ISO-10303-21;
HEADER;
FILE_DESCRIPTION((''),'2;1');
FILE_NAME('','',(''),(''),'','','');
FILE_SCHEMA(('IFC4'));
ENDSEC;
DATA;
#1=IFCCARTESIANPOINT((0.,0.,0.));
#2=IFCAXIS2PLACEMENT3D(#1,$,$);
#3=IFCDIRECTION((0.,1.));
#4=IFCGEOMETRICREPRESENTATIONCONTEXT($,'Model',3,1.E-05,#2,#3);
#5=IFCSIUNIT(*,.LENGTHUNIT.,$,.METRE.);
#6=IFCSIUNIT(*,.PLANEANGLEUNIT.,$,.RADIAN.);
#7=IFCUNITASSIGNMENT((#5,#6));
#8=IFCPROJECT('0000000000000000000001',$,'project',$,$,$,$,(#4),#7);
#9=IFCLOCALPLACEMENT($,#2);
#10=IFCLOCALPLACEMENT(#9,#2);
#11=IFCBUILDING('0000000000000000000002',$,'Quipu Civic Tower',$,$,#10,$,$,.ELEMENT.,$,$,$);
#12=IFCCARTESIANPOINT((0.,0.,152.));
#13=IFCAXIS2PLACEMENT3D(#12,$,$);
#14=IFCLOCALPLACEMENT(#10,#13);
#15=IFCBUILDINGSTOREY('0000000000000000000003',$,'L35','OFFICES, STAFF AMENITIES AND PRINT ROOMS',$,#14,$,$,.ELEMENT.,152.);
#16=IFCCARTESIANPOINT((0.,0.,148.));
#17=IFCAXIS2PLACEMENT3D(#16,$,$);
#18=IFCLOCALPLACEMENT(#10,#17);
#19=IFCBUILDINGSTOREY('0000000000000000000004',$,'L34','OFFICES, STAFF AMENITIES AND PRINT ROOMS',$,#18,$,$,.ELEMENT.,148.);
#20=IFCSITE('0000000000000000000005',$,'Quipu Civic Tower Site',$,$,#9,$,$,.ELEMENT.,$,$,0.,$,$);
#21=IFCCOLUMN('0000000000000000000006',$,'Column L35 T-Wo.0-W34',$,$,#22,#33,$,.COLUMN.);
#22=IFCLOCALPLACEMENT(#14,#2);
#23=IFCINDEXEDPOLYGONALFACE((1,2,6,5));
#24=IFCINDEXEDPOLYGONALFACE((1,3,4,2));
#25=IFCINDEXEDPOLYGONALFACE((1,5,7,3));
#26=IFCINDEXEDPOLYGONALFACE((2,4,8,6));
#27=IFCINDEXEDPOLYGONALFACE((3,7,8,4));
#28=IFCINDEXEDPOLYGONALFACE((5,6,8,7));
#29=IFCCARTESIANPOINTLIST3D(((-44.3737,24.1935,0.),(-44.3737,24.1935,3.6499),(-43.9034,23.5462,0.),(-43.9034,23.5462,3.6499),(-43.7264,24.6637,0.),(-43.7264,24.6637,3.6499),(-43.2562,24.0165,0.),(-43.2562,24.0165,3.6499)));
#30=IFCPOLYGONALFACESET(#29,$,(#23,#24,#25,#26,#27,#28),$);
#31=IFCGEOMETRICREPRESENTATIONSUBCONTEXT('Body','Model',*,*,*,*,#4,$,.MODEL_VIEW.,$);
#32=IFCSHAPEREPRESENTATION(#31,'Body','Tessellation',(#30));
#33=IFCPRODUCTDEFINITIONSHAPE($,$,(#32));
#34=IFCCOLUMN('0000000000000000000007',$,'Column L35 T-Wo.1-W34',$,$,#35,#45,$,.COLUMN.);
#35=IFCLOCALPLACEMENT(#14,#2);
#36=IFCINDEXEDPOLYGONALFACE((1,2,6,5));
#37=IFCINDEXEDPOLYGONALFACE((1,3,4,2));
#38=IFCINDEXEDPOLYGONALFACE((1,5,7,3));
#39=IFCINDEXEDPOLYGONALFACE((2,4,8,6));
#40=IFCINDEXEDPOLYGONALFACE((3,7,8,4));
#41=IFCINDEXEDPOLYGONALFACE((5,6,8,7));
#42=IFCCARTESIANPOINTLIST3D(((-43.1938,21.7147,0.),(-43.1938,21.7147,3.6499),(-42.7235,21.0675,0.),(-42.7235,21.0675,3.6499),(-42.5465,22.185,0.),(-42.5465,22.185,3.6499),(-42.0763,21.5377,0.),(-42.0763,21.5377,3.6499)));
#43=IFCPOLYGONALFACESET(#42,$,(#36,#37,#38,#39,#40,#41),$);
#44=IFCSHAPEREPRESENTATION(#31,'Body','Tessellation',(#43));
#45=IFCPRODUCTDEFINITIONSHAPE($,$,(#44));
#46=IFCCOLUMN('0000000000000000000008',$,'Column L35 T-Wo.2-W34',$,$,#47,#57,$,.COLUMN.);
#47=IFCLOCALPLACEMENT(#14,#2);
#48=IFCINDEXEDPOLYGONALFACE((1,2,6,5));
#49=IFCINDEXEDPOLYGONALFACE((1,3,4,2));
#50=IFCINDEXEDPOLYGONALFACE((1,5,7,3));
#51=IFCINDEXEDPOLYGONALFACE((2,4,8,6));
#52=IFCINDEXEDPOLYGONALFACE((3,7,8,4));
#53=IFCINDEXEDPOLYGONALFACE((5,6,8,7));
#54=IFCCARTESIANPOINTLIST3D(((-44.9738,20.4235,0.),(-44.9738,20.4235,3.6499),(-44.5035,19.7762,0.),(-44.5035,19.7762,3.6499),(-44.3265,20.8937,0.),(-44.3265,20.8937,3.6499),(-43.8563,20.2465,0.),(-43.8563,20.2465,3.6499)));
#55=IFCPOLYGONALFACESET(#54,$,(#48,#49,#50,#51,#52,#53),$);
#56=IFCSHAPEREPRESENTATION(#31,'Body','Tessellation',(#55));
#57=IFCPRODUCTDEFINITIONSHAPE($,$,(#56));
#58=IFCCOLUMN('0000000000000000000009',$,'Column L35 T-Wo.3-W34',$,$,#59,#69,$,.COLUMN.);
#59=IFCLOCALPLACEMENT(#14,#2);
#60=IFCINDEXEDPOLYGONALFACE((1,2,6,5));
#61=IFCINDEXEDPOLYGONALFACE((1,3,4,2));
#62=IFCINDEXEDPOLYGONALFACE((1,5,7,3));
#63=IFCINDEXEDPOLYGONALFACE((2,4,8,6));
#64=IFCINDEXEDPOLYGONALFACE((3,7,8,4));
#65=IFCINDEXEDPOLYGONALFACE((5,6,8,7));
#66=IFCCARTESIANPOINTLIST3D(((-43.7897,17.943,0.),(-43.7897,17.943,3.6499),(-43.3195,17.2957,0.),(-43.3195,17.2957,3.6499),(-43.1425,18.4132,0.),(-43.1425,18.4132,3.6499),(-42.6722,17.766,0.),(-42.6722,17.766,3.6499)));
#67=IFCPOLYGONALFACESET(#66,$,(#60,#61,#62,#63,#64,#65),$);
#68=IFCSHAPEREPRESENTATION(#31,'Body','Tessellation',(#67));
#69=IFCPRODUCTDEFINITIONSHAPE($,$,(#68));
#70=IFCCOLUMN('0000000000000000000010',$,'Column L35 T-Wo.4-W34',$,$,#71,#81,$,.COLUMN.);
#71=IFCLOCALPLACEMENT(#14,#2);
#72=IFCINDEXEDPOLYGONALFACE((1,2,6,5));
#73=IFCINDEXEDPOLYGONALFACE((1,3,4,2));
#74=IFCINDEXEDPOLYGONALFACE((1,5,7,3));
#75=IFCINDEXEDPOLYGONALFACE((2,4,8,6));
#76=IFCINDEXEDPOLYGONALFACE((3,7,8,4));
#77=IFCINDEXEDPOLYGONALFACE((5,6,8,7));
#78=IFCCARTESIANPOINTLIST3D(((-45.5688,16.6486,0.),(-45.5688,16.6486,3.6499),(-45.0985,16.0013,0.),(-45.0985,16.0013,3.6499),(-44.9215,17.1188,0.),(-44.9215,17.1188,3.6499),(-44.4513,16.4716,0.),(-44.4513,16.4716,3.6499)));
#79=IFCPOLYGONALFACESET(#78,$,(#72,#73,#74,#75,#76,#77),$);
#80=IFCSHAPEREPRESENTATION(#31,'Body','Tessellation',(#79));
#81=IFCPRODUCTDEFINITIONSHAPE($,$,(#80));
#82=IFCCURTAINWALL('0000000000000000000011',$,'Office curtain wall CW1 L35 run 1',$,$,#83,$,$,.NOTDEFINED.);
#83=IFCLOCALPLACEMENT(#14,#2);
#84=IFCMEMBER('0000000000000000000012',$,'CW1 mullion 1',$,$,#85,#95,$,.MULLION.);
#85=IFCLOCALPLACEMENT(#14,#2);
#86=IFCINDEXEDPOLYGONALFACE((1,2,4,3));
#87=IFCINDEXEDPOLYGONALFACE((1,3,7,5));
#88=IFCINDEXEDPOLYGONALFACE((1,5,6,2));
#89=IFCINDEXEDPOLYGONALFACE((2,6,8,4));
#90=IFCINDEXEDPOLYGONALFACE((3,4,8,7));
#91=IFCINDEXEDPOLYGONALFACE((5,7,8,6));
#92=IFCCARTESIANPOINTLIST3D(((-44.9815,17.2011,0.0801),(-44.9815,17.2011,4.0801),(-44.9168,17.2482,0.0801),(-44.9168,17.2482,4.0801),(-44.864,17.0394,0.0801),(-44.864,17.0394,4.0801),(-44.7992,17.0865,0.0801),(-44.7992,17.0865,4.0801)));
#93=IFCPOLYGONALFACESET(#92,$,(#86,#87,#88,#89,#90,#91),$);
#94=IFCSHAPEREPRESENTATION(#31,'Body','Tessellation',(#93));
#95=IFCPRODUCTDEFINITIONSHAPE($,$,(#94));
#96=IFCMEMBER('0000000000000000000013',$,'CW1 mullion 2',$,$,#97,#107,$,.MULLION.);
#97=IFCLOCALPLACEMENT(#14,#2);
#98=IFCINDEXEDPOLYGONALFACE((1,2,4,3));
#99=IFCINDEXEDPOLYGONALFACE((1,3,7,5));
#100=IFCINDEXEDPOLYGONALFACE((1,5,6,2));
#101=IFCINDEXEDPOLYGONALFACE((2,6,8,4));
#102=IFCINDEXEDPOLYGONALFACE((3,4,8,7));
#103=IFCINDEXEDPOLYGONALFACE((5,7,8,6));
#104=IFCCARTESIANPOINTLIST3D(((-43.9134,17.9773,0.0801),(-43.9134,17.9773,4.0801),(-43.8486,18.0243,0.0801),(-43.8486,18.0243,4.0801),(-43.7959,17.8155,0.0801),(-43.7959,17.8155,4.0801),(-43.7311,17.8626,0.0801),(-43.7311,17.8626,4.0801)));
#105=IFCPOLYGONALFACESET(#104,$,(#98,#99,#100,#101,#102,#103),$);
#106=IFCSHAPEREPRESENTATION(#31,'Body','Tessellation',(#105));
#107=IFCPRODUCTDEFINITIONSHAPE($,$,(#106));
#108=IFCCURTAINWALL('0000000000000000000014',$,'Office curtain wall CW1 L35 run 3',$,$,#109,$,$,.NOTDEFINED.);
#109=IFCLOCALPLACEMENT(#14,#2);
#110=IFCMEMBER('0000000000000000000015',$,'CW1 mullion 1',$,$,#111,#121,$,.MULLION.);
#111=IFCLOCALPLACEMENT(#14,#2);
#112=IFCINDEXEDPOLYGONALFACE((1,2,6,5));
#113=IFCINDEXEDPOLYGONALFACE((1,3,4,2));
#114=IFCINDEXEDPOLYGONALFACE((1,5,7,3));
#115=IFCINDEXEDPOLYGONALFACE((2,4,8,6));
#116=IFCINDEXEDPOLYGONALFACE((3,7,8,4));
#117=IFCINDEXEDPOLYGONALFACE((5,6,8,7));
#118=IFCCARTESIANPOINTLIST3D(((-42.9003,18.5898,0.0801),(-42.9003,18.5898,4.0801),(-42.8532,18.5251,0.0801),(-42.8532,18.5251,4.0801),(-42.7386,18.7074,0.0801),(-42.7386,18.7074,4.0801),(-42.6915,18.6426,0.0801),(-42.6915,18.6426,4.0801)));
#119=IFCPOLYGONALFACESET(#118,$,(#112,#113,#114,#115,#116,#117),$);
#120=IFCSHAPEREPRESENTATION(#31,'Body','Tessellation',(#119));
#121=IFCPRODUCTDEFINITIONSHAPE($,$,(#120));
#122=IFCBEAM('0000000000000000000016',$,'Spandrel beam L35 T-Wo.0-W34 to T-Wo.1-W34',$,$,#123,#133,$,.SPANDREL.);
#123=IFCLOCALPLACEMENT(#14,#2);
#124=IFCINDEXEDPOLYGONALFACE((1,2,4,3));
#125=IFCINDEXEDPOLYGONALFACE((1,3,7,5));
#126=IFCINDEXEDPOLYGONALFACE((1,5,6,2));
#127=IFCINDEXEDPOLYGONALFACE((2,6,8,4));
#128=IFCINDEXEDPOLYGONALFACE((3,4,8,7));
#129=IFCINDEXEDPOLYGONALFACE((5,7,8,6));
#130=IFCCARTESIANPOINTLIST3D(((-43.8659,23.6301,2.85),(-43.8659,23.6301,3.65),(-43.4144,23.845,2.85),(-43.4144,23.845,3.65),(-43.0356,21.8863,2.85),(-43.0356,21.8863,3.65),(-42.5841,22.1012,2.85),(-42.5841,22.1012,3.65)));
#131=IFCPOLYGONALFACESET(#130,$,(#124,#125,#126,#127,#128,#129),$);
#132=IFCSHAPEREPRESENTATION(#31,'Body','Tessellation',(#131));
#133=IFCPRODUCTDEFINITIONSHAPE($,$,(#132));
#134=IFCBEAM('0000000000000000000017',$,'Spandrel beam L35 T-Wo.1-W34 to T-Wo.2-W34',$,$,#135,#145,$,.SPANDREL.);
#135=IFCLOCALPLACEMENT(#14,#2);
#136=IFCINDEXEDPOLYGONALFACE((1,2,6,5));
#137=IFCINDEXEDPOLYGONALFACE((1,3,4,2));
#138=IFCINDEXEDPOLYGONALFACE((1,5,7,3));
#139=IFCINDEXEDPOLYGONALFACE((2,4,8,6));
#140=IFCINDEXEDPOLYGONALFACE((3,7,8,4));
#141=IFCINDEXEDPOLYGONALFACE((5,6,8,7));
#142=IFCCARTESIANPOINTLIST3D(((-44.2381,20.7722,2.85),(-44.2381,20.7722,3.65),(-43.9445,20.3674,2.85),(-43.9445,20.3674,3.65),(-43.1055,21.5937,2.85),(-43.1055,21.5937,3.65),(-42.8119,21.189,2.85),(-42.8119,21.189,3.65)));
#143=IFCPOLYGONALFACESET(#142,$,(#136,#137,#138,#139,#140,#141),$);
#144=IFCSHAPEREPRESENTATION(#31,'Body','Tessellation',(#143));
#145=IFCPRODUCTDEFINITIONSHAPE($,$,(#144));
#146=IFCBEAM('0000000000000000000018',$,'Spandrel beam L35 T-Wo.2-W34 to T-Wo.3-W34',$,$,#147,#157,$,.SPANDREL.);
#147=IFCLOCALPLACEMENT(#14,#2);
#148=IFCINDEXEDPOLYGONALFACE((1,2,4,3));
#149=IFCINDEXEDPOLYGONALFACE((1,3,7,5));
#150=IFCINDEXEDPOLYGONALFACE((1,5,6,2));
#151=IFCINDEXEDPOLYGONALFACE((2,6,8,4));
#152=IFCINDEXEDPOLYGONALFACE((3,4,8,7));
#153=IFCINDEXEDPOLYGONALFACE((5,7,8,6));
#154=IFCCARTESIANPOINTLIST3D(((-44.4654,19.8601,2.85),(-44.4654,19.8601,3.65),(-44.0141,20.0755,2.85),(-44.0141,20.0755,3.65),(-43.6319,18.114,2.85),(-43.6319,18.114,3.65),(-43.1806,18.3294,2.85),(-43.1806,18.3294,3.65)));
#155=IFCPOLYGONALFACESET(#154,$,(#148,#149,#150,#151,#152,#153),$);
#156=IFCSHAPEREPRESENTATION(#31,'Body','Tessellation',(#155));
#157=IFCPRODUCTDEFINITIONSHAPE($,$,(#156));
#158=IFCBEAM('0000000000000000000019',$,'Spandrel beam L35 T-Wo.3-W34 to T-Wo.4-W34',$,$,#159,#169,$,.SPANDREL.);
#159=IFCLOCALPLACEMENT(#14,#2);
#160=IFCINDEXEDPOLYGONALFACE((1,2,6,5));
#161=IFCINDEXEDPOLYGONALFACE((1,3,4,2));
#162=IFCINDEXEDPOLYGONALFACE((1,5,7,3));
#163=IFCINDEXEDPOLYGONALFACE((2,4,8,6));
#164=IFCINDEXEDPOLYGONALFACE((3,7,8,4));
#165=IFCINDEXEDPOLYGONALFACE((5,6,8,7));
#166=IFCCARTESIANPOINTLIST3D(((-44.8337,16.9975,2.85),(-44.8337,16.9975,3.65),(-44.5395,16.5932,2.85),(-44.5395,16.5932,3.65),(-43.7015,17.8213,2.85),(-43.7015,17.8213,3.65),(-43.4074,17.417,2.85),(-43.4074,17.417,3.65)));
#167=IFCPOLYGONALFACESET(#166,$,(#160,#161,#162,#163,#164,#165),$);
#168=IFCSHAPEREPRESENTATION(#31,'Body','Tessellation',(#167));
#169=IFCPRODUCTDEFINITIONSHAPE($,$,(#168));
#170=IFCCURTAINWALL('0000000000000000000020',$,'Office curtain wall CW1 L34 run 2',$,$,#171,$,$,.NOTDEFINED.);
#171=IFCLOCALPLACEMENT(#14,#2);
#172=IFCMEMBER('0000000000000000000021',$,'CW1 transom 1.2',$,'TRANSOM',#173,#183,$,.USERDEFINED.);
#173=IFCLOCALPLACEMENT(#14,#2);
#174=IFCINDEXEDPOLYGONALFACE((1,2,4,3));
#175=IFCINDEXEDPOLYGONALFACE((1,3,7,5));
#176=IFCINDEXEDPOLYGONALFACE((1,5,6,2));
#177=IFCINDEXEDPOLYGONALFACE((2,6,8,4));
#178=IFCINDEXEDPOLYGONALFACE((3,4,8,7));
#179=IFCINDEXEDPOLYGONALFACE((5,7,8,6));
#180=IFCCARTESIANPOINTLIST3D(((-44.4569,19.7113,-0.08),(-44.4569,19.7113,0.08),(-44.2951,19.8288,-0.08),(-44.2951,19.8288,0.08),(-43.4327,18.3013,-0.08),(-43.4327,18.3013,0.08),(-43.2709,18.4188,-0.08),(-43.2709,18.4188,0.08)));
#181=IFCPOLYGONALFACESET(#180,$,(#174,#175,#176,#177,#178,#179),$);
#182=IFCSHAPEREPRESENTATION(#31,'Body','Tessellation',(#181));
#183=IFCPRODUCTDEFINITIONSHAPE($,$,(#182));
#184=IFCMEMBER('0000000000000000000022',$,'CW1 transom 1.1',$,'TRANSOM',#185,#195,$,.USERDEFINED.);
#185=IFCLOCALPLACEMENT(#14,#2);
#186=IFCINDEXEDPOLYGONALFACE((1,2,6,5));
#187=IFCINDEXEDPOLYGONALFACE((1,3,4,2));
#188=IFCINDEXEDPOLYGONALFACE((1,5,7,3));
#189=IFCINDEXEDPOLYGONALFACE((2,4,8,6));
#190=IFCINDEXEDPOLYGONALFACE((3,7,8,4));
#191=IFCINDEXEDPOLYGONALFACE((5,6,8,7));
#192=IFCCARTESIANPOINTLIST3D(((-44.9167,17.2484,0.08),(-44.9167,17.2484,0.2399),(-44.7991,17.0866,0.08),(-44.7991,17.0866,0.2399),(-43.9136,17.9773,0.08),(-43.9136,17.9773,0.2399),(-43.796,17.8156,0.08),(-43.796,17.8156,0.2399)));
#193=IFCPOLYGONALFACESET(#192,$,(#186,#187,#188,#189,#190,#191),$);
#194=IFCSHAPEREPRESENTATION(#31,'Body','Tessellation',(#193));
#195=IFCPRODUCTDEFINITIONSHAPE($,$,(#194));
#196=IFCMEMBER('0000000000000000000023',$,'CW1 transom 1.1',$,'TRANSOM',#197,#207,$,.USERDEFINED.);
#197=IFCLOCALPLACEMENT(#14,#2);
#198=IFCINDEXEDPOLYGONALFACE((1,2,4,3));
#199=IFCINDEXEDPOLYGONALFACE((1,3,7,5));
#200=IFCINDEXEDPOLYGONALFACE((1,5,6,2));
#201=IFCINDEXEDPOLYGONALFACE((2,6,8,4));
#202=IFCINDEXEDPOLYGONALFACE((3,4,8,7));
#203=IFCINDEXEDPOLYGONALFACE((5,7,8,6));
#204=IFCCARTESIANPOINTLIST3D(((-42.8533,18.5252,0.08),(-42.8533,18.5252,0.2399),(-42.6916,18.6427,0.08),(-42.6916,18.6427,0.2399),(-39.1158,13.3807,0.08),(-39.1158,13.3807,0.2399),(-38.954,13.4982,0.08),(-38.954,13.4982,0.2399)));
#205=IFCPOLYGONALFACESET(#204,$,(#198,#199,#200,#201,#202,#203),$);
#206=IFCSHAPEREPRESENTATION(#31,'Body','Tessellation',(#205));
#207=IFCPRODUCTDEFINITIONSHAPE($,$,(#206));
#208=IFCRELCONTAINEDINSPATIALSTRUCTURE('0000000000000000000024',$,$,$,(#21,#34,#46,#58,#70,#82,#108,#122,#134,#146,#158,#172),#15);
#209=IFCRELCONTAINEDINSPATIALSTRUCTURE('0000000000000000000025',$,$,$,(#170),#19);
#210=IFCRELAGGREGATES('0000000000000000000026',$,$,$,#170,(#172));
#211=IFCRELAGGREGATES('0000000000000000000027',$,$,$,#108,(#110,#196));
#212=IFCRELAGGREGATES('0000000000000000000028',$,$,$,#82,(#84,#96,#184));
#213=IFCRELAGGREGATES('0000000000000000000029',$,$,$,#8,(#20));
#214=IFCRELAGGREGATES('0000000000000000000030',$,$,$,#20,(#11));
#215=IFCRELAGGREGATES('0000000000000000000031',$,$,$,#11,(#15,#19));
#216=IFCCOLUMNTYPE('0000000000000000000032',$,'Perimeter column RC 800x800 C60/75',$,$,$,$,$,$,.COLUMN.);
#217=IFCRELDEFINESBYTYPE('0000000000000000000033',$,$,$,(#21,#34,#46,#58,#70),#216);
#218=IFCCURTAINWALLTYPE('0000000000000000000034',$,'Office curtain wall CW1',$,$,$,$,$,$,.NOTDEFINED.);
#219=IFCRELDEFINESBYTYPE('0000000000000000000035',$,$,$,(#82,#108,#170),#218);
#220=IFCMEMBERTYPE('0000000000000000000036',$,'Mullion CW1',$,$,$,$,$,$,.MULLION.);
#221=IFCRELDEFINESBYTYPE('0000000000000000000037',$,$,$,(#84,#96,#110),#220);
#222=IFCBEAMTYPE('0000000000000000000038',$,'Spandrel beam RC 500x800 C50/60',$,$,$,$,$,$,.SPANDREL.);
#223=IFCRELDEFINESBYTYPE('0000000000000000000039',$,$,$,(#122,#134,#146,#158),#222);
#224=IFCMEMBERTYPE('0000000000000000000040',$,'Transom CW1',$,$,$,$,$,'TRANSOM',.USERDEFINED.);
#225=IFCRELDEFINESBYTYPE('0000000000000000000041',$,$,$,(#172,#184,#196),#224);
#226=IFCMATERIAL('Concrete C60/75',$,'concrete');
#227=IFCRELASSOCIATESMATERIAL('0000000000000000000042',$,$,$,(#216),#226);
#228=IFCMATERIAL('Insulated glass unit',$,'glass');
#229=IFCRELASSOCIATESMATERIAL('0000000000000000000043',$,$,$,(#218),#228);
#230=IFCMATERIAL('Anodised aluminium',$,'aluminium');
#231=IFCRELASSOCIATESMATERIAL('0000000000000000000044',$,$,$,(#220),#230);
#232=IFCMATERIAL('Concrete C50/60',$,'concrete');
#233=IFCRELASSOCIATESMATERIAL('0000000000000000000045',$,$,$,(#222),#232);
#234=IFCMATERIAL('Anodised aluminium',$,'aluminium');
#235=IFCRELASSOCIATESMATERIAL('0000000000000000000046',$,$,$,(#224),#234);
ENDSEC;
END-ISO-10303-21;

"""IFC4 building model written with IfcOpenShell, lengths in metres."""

from ifc_helpers import new_model, si_unit, direction, frame, origin, origin_2d, place, context, subcontext, project, spatial, rectangle, extrude, material, material_profile, profile_set, type_object, element, aggregate, save


model = new_model("IFC4")

# Units and contexts
model_context = context("Model", 3, precision=1e-05, world=origin(), true_north=direction((0.0, 1.0)))
body_context = subcontext(model_context, "Body", "Model", "MODEL_VIEW")
ifc_project = project(units=[si_unit("LENGTHUNIT", "METRE"), si_unit("PLANEANGLEUNIT", "RADIAN")], contexts=[model_context])

# Site, building, storey
site_placement = place(None, origin())
site = spatial("IfcSite", under=ifc_project, at=site_placement, Name="Quipu Civic Tower Site", CompositionType="ELEMENT", RefElevation=0.0)
building_placement = place(site_placement, origin())
building = spatial("IfcBuilding", under=site, at=building_placement, Name="Quipu Civic Tower", CompositionType="ELEMENT")
storey_1_placement = place(building_placement, frame((0.0, 0.0, 152.0)))
storey_1 = spatial("IfcBuildingStorey", under=building, at=storey_1_placement, Name="L35", Description="OFFICES, STAFF AMENITIES AND PRINT ROOMS", CompositionType="ELEMENT", Elevation=152.0)

# Columns
ifc_material_1 = material(Name="Concrete C60/75", Category="concrete")
ifc_material_profile_1 = material_profile(ifc_material_1, rectangle(XDim=0.8, YDim=0.8, at=origin_2d()), Name="RC800x800")
ifc_profile_set_1 = profile_set([ifc_material_profile_1], Name="Concrete C60/75")
column_type = type_object("IfcColumnType", Name="Perimeter column RC 800x800 C60/75", PredefinedType="COLUMN", material=ifc_profile_set_1)
for number, where, z_axis, x_axis, name in (
    (1, (-43.8149, 24.105, 0.0), (0.0, 0.0, 1.0), (-0.809017, -0.587785, 0.0), "Column L35 T-Wo.0-W34"),
    (2, (-42.635, 21.6262, 0.0), (0.0, 0.0, 1.0), (-0.809017, -0.587785, 0.0), "Column L35 T-Wo.1-W34"),
    (3, (-44.415, 20.335, 0.0), (0.0, 0.0, 1.0), (0.587785, -0.809017, 0.0), "Column L35 T-Wo.2-W34"),
    (4, (-43.231, 17.8545, 0.0), (0.0, 0.0, 1.0), (0.587785, -0.809017, 0.0), "Column L35 T-Wo.3-W34"),
    (5, (-45.01, 16.5601, 0.0), (0.0, 0.0, 1.0), (0.587785, -0.809017, 0.0), "Column L35 T-Wo.4-W34"),
):
    element("IfcColumn", number, at=place(storey_1_placement, frame(where, z_axis=z_axis, x_axis=x_axis)), inside=storey_1, type_object=column_type, Name=name, PredefinedType="COLUMN", context=body_context, shape_type="SweptSolid", body=[
        extrude(rectangle(XDim=0.8, YDim=0.8, at=origin_2d()), origin(), (0.0, 0.0, 1.0), 3.6499),
    ])

# Curtain wall, members
ifc_material_2 = material(Name="Insulated glass unit", Category="glass")
curtain_wall_type = type_object("IfcCurtainWallType", Name="Office curtain wall CW1", PredefinedType="NOTDEFINED", material=ifc_material_2)
curtain_wall_1_placement = place(storey_1_placement, origin())
curtain_wall_1 = element("IfcCurtainWall", 6, at=curtain_wall_1_placement, inside=storey_1, type_object=curtain_wall_type, Name="Office curtain wall CW1 L35 run 1", PredefinedType="NOTDEFINED")
ifc_material_3 = material(Name="Anodised aluminium", Category="aluminium")
ifc_material_profile_2 = material_profile(ifc_material_3, rectangle(XDim=0.2, YDim=0.0801, at=origin_2d()), Name="RECT 200x80")
ifc_profile_set_2 = profile_set([ifc_material_profile_2], Name="Anodised aluminium")
member_type_1 = type_object("IfcMemberType", Name="Mullion CW1", PredefinedType="MULLION", material=ifc_profile_set_2)
member_1_placement = place(storey_1_placement, frame((-44.8904, 17.1438, 0.0801), z_axis=(0.0, 0.0, 1.0), x_axis=(-0.587853, 0.808968, 0.0)))
member_1 = element("IfcMember", 7, at=member_1_placement, type_object=member_type_1, Name="CW1 mullion 1", PredefinedType="MULLION", context=body_context, shape_type="SweptSolid", body=[
    extrude(rectangle(XDim=0.2, YDim=0.0801, at=origin_2d()), origin(), (0.0, 0.0, 1.0), 4.0),
])
member_2_placement = place(storey_1_placement, frame((-43.8223, 17.9199, 0.0801), z_axis=(0.0, 0.0, 1.0), x_axis=(-0.587853, 0.808968, 0.0)))
member_2 = element("IfcMember", 8, at=member_2_placement, type_object=member_type_1, Name="CW1 mullion 2", PredefinedType="MULLION", context=body_context, shape_type="SweptSolid", body=[
    extrude(rectangle(XDim=0.2, YDim=0.0801, at=origin_2d()), origin(), (0.0, 0.0, 1.0), 4.0),
])

# Curtain wall, member
curtain_wall_2_placement = place(storey_1_placement, origin())
curtain_wall_2 = element("IfcCurtainWall", 9, at=curtain_wall_2_placement, inside=storey_1, type_object=curtain_wall_type, Name="Office curtain wall CW1 L35 run 3", PredefinedType="NOTDEFINED")
member_3_placement = place(storey_1_placement, frame((-42.7959, 18.6162, 0.0801), z_axis=(0.0, 0.0, 1.0), x_axis=(0.809018, 0.587784, 0.0)))
member_3 = element("IfcMember", 10, at=member_3_placement, type_object=member_type_1, Name="CW1 mullion 1", PredefinedType="MULLION", context=body_context, shape_type="SweptSolid", body=[
    extrude(rectangle(XDim=0.2, YDim=0.0801, at=origin_2d()), origin(), (0.0, 0.0, 1.0), 4.0),
])

# Beams
ifc_material_4 = material(Name="Concrete C50/60", Category="concrete")
ifc_material_profile_3 = material_profile(ifc_material_4, rectangle(XDim=0.5, YDim=0.8, at=origin_2d()), Name="RC500x800")
ifc_profile_set_3 = profile_set([ifc_material_profile_3], Name="Concrete C50/60")
beam_type = type_object("IfcBeamType", Name="Spandrel beam RC 500x800 C50/60", PredefinedType="SPANDREL", material=ifc_profile_set_3)
beam_1_placement = place(storey_1_placement, frame((-43.6401, 23.7375, 3.25), z_axis=(0.429889, -0.902882, 0.0), x_axis=(0.902882, 0.429889, 0.0)))
element("IfcBeam", 11, at=beam_1_placement, inside=storey_1, type_object=beam_type, Name="Spandrel beam L35 T-Wo.0-W34 to T-Wo.1-W34", PredefinedType="SPANDREL", context=body_context, shape_type="SweptSolid", body=[
    extrude(rectangle(XDim=0.5, YDim=0.8, at=origin_2d()), origin(), (0.0, 0.0, 1.0), 1.9314),
])
beam_2_placement = place(storey_1_placement, frame((-42.9587, 21.3914, 3.25), z_axis=(-0.809467, -0.587165, 0.0), x_axis=(0.587165, -0.809467, 0.0)))
element("IfcBeam", 12, at=beam_2_placement, inside=storey_1, type_object=beam_type, Name="Spandrel beam L35 T-Wo.1-W34 to T-Wo.2-W34", PredefinedType="SPANDREL", context=body_context, shape_type="SweptSolid", body=[
    extrude(rectangle(XDim=0.5, YDim=0.8, at=origin_2d()), origin(), (0.0, 0.0, 1.0), 1.3992),
])
beam_3_placement = place(storey_1_placement, frame((-44.2397, 19.9678, 3.25), z_axis=(0.430786, -0.902454, 0.0), x_axis=(0.902454, 0.430786, 0.0)))
element("IfcBeam", 13, at=beam_3_placement, inside=storey_1, type_object=beam_type, Name="Spandrel beam L35 T-Wo.2-W34 to T-Wo.3-W34", PredefinedType="SPANDREL", context=body_context, shape_type="SweptSolid", body=[
    extrude(rectangle(XDim=0.5, YDim=0.8, at=origin_2d()), origin(), (0.0, 0.0, 1.0), 1.9348),
])
beam_4_placement = place(storey_1_placement, frame((-43.5544, 17.6191, 3.25), z_axis=(-0.8086, -0.588358, 0.0), x_axis=(0.588358, -0.8086, 0.0)))
element("IfcBeam", 14, at=beam_4_placement, inside=storey_1, type_object=beam_type, Name="Spandrel beam L35 T-Wo.3-W34 to T-Wo.4-W34", PredefinedType="SPANDREL", context=body_context, shape_type="SweptSolid", body=[
    extrude(rectangle(XDim=0.5, YDim=0.8, at=origin_2d()), origin(), (0.0, 0.0, 1.0), 1.4001),
])

# Shared definitions
storey_2_placement = place(building_placement, frame((0.0, 0.0, 148.0)))
storey_2 = spatial("IfcBuildingStorey", under=building, at=storey_2_placement, Name="L34", Description="OFFICES, STAFF AMENITIES AND PRINT ROOMS", CompositionType="ELEMENT", Elevation=148.0)

# Curtain wall, member
curtain_wall_3_placement = place(storey_2_placement, origin())
curtain_wall_3 = element("IfcCurtainWall", 15, at=curtain_wall_3_placement, inside=storey_2, type_object=curtain_wall_type, Name="Office curtain wall CW1 L34 run 2", PredefinedType="NOTDEFINED")
ifc_material_5 = material(Name="Anodised aluminium", Category="aluminium")
ifc_material_profile_4 = material_profile(ifc_material_5, rectangle(XDim=0.2, YDim=0.1599, at=origin_2d()), Name="RECT 200x160")
ifc_profile_set_4 = profile_set([ifc_material_profile_4], Name="Anodised aluminium")
member_type_2 = type_object("IfcMemberType", Name="Transom CW1", ElementType="TRANSOM", PredefinedType="USERDEFINED", material=ifc_profile_set_4)
member_4_placement = place(storey_1_placement, frame((-44.376, 19.77, 0.0), z_axis=(0.587713, -0.809069, 0.0), x_axis=(0.809069, 0.587713, 0.0)))
member_4 = element("IfcMember", 16, at=member_4_placement, inside=storey_1, type_object=member_type_2, Name="CW1 transom 1.2", ObjectType="TRANSOM", PredefinedType="USERDEFINED", context=body_context, shape_type="SweptSolid", body=[
    extrude(rectangle(XDim=0.2, YDim=0.1599, at=origin_2d()), origin(), (0.0, 0.0, 1.0), 1.7427),
])
aggregate(curtain_wall_3, [member_4])

# Members
member_5_placement = place(storey_1_placement, frame((-44.8579, 17.1675, 0.1599), z_axis=(0.808957, 0.587867, 0.0), x_axis=(-0.587867, 0.808957, 0.0)))
member_5 = element("IfcMember", 17, at=member_5_placement, type_object=member_type_2, Name="CW1 transom 1.1", ObjectType="TRANSOM", PredefinedType="USERDEFINED", context=body_context, shape_type="SweptSolid", body=[
    extrude(rectangle(XDim=0.2, YDim=0.1599, at=origin_2d()), origin(), (0.0, 0.0, 1.0), 1.24),
])
member_6_placement = place(storey_1_placement, frame((-42.7725, 18.584, 0.1599), z_axis=(0.587768, -0.80903, 0.0), x_axis=(0.80903, 0.587768, 0.0)))
member_6 = element("IfcMember", 18, at=member_6_placement, type_object=member_type_2, Name="CW1 transom 1.1", ObjectType="TRANSOM", PredefinedType="USERDEFINED", context=body_context, shape_type="SweptSolid", body=[
    extrude(rectangle(XDim=0.2, YDim=0.1599, at=origin_2d()), origin(), (0.0, 0.0, 1.0), 6.3589),
])
aggregate(curtain_wall_2, [member_3, member_6])

aggregate(curtain_wall_1, [member_1, member_2, member_5])

save(model, "model.ifc")
